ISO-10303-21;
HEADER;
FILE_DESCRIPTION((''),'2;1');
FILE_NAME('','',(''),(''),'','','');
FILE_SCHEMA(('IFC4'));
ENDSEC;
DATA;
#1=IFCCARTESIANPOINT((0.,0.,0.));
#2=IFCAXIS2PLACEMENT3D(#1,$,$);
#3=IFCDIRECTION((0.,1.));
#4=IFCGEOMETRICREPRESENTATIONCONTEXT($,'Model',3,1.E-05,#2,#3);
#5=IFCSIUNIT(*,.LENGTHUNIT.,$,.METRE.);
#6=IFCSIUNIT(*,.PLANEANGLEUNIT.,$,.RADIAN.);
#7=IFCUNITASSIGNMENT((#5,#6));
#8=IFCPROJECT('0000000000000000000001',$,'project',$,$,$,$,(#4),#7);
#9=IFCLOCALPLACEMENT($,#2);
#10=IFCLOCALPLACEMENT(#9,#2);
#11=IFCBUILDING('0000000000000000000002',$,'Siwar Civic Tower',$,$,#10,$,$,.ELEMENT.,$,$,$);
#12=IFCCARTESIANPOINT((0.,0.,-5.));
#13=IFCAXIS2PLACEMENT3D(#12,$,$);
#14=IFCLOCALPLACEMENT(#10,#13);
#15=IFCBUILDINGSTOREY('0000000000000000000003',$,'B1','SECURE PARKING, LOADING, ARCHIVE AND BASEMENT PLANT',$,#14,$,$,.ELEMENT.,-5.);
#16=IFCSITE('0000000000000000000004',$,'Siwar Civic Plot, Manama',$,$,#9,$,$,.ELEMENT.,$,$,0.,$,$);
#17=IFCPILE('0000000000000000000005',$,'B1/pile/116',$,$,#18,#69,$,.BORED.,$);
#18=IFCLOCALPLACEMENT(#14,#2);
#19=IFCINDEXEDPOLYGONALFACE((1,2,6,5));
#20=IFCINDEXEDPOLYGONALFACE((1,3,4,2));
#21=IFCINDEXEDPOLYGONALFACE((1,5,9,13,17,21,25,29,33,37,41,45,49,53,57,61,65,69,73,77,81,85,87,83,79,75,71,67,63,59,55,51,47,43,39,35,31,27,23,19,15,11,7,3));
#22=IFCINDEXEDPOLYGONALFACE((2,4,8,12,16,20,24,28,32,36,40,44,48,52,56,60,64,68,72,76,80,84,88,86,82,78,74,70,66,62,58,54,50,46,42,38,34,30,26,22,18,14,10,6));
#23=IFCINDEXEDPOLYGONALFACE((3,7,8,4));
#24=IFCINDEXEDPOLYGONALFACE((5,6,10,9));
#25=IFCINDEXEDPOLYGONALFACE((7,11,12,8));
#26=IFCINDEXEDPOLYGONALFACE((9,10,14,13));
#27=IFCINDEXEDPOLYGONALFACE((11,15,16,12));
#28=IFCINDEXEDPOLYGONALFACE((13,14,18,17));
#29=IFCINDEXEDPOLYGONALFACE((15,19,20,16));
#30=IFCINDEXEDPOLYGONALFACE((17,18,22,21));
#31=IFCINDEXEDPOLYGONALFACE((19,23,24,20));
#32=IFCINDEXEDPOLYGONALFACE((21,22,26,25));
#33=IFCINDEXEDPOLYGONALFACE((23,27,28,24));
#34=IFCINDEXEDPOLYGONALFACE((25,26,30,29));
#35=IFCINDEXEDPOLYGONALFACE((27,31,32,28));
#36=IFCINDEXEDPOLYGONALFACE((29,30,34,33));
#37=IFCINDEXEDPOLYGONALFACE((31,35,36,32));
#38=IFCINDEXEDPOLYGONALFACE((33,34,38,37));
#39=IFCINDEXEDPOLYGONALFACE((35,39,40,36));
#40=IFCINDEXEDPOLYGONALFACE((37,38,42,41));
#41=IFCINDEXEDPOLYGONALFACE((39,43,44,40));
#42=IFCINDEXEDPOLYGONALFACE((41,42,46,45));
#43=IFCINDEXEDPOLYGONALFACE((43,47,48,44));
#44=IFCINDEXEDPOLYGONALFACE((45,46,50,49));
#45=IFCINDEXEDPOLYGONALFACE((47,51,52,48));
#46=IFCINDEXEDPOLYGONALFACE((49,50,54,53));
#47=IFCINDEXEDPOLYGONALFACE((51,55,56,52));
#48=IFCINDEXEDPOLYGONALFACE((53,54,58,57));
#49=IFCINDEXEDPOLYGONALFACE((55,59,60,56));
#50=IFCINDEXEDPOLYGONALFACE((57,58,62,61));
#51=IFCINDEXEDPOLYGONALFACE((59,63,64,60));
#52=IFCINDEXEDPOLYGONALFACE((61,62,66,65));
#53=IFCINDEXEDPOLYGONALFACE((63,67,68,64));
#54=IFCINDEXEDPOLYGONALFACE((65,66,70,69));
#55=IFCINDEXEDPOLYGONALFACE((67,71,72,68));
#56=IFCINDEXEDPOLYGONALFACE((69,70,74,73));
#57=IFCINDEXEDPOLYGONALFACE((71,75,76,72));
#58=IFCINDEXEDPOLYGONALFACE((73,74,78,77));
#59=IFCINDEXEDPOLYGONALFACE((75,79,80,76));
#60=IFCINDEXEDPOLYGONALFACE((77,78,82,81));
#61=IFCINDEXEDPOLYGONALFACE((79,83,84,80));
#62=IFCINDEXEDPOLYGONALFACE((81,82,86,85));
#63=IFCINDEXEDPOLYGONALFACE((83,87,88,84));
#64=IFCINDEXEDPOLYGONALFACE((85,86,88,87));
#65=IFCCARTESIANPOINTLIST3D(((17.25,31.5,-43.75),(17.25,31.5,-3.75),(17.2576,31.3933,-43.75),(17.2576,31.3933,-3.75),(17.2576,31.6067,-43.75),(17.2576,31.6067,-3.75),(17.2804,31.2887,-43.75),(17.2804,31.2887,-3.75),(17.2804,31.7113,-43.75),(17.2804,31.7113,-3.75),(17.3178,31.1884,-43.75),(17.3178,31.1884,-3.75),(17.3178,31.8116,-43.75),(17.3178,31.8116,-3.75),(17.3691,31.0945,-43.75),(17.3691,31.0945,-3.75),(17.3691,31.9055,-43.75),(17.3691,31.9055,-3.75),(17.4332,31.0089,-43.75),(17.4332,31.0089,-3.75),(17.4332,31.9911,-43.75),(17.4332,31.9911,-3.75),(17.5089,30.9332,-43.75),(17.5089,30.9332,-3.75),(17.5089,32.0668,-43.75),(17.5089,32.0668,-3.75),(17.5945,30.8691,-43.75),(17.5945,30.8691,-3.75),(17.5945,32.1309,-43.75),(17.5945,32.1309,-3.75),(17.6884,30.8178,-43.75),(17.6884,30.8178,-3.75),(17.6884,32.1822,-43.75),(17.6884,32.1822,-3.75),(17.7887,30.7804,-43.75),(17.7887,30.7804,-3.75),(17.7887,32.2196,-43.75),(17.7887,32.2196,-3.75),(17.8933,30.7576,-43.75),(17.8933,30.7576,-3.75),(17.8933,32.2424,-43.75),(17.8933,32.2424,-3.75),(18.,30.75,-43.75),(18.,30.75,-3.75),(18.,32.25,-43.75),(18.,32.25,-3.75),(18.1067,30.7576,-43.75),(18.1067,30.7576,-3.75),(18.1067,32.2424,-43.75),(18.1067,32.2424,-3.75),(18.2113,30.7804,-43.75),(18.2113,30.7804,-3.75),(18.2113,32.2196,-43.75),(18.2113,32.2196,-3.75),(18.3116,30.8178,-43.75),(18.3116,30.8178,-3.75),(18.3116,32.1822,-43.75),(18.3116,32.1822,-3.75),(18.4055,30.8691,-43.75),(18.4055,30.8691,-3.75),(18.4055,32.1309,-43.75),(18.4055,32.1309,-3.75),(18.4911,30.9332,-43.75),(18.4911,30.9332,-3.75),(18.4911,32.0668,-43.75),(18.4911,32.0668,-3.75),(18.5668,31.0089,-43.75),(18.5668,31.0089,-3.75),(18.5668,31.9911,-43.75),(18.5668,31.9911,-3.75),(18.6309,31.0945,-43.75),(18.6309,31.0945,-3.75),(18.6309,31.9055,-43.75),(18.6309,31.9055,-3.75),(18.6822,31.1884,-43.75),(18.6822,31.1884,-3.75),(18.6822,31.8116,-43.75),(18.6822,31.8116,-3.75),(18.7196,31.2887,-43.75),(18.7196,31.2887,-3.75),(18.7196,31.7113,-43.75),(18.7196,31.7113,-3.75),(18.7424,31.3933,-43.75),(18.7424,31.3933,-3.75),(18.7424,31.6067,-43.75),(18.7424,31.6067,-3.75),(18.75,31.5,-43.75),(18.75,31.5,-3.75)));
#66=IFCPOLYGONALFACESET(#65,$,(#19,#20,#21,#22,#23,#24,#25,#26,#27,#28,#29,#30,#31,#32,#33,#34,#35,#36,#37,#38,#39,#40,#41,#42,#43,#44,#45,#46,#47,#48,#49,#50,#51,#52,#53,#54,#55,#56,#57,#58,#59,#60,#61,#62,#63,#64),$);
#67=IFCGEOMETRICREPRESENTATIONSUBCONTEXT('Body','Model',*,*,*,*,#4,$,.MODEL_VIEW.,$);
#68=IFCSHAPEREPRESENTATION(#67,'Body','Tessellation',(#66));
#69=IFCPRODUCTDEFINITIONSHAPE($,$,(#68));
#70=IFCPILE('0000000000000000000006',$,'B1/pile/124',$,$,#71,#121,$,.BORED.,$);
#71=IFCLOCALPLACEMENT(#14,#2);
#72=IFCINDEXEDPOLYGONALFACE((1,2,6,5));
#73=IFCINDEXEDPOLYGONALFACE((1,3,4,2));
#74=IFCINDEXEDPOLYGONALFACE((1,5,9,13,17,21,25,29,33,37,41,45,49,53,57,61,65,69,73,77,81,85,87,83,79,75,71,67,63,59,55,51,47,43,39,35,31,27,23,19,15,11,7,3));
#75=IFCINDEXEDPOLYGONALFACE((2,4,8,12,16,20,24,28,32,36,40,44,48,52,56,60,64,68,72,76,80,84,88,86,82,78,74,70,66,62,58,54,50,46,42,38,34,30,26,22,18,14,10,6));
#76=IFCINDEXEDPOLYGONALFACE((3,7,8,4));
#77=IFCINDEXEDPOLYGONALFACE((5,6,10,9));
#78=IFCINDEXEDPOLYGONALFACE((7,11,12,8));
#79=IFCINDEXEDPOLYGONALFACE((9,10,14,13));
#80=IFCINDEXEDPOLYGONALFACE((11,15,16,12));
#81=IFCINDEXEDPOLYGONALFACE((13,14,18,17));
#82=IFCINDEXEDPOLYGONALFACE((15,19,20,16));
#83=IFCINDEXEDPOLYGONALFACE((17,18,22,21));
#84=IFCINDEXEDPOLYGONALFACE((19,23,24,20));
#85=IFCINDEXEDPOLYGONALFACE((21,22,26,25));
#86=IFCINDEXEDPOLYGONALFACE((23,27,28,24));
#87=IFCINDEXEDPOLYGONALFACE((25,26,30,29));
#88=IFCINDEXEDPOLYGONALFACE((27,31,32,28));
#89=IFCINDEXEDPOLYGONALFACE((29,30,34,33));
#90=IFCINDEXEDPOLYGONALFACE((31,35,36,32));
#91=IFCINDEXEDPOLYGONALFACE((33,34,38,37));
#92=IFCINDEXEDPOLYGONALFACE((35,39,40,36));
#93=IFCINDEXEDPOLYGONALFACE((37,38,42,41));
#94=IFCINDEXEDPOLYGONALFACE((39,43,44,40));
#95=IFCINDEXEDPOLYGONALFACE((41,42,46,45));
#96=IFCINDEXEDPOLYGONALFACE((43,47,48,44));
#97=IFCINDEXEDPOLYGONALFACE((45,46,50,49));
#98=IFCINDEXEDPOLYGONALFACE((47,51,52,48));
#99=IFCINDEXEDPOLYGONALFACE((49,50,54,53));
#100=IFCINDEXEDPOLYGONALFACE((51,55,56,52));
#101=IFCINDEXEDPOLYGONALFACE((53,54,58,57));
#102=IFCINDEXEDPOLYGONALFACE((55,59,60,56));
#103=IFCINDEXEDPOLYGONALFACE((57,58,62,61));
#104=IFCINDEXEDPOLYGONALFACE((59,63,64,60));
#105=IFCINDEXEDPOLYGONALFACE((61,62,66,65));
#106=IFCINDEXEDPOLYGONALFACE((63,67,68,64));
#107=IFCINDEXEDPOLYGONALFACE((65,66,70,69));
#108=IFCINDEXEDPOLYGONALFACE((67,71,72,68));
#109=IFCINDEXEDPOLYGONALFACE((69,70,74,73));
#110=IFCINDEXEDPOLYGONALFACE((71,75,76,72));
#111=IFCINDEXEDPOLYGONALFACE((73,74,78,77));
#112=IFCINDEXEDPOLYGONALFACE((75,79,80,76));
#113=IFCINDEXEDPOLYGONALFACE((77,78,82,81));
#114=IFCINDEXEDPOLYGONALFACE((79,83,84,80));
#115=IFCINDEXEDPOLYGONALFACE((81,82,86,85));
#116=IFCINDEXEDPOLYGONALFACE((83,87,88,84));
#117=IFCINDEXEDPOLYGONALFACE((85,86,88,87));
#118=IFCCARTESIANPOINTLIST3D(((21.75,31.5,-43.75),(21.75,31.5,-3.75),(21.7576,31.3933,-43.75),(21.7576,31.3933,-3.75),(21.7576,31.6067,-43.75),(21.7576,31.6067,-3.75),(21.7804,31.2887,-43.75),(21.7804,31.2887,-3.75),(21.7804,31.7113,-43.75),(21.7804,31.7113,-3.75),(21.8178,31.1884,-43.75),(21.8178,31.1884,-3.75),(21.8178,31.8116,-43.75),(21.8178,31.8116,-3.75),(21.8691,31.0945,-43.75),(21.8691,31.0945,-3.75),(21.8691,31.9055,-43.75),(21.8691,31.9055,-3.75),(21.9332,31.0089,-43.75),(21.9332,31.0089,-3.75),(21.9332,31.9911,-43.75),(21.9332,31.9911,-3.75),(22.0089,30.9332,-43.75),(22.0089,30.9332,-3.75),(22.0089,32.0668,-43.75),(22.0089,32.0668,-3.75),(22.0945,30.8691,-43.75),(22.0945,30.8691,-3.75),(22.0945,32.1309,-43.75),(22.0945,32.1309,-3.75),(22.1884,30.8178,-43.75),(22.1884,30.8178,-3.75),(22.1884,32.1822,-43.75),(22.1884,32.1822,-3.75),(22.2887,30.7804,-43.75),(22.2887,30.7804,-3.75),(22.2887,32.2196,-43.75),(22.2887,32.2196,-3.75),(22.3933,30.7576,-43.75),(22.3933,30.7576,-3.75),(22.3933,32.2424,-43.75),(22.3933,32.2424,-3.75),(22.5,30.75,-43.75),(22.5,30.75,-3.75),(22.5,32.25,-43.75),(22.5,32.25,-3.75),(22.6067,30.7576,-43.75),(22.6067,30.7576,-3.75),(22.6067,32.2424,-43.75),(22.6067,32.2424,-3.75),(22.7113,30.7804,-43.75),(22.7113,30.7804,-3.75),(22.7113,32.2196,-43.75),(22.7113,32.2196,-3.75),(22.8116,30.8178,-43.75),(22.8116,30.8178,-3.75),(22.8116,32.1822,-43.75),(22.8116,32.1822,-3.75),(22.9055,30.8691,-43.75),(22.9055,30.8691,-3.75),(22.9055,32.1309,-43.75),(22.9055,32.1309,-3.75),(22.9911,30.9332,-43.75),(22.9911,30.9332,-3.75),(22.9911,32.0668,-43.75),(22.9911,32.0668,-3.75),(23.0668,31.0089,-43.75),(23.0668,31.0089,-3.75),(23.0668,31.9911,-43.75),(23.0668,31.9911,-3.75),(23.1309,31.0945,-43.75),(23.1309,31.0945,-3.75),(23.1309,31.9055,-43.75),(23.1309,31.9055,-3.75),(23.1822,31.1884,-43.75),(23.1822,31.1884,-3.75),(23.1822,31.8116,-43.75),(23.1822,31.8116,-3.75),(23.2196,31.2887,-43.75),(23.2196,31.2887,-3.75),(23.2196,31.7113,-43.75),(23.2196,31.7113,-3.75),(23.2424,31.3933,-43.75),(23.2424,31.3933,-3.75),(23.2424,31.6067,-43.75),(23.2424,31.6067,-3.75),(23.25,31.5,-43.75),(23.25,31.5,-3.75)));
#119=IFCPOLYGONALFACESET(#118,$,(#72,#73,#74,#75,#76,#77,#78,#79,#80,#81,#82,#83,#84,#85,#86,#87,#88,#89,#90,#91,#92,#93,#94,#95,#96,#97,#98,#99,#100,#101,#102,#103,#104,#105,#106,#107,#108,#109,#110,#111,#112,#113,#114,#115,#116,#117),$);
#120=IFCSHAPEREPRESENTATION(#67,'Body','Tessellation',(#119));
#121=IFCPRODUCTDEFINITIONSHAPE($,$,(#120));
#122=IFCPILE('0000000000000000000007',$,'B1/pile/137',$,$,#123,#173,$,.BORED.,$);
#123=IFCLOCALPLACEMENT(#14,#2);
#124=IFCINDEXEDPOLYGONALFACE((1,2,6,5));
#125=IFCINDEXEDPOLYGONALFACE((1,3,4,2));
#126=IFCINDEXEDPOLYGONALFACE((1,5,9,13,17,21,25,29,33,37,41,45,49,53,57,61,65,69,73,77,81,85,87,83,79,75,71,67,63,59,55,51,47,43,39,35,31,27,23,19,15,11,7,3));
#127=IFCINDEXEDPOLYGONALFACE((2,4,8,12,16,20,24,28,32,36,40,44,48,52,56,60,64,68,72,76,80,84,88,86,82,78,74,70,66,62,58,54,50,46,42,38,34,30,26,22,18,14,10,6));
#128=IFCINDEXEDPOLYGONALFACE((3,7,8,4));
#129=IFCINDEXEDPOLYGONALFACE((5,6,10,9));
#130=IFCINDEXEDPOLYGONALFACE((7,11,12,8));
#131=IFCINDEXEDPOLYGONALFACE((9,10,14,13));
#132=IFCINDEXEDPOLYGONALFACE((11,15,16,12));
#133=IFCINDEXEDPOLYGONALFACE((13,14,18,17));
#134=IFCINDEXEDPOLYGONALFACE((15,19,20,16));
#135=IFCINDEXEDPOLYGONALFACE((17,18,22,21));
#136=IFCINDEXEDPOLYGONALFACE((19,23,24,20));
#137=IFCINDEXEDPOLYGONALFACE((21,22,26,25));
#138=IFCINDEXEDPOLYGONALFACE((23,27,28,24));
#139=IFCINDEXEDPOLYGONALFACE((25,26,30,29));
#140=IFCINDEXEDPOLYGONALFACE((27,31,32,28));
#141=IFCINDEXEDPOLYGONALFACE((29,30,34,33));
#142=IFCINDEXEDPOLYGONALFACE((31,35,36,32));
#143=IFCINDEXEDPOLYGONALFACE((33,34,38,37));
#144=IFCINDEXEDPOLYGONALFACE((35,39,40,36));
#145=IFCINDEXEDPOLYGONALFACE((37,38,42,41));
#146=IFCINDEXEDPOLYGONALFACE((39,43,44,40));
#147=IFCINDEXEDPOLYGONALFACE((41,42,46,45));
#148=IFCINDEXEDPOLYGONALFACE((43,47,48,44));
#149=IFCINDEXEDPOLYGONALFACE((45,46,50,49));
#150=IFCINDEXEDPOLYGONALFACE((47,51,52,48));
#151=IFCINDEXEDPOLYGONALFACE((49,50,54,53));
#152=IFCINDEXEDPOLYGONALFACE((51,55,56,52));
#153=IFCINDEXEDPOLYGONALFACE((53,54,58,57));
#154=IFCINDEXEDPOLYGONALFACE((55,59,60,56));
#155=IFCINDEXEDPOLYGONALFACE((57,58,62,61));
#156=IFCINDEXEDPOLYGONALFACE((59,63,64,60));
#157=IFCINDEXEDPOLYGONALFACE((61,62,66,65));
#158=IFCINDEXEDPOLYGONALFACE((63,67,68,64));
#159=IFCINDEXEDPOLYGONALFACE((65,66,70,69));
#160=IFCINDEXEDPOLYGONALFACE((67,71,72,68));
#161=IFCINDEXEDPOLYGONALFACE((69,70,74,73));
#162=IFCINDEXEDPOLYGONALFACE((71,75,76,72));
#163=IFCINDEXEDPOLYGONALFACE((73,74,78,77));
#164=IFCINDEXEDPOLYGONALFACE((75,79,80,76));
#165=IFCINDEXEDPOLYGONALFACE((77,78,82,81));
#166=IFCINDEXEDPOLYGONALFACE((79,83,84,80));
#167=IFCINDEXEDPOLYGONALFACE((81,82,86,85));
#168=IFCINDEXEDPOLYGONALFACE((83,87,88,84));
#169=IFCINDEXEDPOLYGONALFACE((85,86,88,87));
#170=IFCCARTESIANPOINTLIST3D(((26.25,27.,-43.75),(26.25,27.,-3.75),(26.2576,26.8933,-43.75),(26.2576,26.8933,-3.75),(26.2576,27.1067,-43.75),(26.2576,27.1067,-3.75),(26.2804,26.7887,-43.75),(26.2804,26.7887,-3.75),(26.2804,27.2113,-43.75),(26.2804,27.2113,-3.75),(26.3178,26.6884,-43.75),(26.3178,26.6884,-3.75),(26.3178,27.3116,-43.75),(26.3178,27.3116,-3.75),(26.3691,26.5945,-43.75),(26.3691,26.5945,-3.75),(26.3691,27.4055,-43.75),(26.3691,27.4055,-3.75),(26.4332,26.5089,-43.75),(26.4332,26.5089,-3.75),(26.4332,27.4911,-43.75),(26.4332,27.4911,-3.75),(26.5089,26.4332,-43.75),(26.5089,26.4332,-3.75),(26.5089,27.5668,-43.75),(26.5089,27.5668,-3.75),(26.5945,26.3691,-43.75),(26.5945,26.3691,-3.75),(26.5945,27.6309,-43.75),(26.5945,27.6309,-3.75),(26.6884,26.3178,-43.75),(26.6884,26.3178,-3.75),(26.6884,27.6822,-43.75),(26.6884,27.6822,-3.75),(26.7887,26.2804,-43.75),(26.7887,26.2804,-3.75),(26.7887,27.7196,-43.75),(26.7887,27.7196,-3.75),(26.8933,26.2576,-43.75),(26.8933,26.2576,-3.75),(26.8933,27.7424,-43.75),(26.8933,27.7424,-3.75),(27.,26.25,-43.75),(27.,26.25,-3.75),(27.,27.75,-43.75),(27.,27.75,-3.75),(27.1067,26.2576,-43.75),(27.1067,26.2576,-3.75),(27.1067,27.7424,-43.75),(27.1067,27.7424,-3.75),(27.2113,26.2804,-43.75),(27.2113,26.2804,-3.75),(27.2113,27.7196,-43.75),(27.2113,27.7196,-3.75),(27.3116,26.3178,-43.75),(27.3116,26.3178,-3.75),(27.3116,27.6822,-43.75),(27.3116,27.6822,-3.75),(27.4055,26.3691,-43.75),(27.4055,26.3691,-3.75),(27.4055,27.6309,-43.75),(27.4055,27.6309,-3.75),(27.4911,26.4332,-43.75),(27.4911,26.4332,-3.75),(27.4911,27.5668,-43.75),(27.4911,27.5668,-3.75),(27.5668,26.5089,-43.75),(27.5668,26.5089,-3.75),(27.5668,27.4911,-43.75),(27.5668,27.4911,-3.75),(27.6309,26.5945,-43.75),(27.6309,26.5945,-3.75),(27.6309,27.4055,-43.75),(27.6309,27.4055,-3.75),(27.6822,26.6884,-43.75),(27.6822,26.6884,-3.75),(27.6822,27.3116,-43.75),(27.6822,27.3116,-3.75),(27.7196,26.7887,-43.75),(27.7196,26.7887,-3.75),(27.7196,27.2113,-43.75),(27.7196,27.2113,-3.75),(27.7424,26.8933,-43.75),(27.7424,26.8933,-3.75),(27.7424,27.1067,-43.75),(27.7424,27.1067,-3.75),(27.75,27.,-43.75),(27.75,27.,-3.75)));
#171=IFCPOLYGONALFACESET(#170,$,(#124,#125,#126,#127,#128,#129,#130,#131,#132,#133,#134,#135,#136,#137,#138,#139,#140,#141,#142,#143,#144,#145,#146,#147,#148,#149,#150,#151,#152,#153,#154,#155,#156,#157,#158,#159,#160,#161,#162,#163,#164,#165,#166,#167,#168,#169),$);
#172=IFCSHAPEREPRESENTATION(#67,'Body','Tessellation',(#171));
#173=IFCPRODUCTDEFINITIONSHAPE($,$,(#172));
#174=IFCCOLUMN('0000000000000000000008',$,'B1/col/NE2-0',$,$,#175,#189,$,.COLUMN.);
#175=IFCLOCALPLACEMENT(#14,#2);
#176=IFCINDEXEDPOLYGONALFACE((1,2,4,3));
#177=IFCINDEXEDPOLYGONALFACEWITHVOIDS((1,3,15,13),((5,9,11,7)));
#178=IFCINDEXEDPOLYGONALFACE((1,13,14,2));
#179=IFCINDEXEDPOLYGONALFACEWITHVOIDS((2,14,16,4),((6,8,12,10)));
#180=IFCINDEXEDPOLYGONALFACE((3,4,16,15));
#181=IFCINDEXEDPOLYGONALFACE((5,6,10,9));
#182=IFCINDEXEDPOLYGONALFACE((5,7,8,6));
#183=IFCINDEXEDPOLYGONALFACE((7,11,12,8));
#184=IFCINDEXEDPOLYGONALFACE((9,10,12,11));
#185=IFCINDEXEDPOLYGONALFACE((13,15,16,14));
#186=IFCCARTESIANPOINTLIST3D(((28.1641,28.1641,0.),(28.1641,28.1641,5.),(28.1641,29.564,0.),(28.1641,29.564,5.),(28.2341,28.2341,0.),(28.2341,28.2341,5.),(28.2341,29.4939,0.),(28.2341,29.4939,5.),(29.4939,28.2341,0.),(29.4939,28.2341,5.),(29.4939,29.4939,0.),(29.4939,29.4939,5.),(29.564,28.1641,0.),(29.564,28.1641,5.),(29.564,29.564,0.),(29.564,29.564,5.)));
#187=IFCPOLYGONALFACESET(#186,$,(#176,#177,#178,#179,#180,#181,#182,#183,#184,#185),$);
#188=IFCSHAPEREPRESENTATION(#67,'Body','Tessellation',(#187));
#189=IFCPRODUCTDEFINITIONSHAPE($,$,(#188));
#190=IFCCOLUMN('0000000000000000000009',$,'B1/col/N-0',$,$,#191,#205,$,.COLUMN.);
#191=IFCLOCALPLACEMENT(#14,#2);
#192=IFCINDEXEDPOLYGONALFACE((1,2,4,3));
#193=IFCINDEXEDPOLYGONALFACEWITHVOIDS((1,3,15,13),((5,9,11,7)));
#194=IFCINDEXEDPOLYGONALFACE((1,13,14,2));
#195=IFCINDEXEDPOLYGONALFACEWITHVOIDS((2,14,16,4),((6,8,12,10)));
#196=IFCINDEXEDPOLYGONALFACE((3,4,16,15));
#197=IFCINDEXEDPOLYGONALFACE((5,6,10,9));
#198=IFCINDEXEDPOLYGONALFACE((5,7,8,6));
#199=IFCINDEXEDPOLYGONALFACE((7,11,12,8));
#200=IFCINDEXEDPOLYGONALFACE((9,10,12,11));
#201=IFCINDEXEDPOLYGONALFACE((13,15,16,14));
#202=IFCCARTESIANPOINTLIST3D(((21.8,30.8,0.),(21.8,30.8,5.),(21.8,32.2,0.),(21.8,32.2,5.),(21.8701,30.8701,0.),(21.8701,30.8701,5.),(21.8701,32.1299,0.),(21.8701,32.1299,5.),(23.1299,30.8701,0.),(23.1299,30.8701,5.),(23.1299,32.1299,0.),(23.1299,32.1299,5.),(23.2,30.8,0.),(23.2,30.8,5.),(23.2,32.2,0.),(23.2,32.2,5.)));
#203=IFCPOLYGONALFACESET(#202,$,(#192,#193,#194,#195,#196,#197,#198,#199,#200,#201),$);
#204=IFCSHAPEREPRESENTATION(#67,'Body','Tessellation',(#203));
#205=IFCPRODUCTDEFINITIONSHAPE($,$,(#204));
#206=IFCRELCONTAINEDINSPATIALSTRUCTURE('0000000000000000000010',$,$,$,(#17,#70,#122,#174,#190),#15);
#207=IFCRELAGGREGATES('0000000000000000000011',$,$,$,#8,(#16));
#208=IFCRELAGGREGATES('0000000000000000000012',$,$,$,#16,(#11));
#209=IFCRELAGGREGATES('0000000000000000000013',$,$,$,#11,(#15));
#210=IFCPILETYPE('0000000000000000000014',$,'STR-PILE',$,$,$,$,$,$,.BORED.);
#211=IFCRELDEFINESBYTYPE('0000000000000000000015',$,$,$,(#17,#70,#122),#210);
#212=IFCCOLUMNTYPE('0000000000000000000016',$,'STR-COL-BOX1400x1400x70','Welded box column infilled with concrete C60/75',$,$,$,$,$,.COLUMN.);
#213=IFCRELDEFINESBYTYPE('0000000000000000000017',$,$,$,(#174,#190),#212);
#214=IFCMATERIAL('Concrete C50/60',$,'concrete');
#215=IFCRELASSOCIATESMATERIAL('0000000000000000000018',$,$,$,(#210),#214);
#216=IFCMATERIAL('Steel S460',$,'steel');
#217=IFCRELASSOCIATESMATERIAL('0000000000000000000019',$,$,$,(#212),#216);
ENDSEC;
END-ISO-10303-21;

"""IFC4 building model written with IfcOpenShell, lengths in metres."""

from ifc_helpers import new_model, si_unit, direction, frame, origin, origin_2d, place, context, subcontext, project, spatial, hollow_rectangle, circle, extrude, material, material_profile, profile_set, type_object, element, save


model = new_model("IFC4")

# Units and contexts
model_context = context("Model", 3, precision=1e-05, world=origin(), true_north=direction((0.0, 1.0)))
body_context = subcontext(model_context, "Body", "Model", "MODEL_VIEW")
ifc_project = project(units=[si_unit("LENGTHUNIT", "METRE"), si_unit("PLANEANGLEUNIT", "RADIAN")], contexts=[model_context])

# Site, building, storey
site_placement = place(None, origin())
site = spatial("IfcSite", under=ifc_project, at=site_placement, Name="Siwar Civic Plot, Manama", CompositionType="ELEMENT", RefElevation=0.0)
building_placement = place(site_placement, origin())
building = spatial("IfcBuilding", under=site, at=building_placement, Name="Siwar Civic Tower", CompositionType="ELEMENT")
storey_placement = place(building_placement, frame((0.0, 0.0, -5.0)))
storey = spatial("IfcBuildingStorey", under=building, at=storey_placement, Name="B1", Description="SECURE PARKING, LOADING, ARCHIVE AND BASEMENT PLANT", CompositionType="ELEMENT", Elevation=-5.0)

# Piles
ifc_material_1 = material(Name="Concrete C50/60", Category="concrete")
ifc_material_profile_1 = material_profile(ifc_material_1, circle(Radius=0.75, at=origin_2d()), Name="PILE1500")
ifc_profile_set_1 = profile_set([ifc_material_profile_1], Name="Concrete C50/60")
pile_type = type_object("IfcPileType", Name="STR-PILE", PredefinedType="BORED", material=ifc_profile_set_1)
for number, where, z_axis, x_axis, name in (
    (1, (18.0, 31.5, -3.75), (0.0, 0.0, -1.0), (1.0, 0.0, 0.0), "B1/pile/116"),
    (2, (22.5, 31.5, -3.75), (0.0, 0.0, -1.0), (1.0, 0.0, 0.0), "B1/pile/124"),
    (3, (27.0, 27.0, -3.75), (0.0, 0.0, -1.0), (1.0, 0.0, 0.0), "B1/pile/137"),
):
    element("IfcPile", number, at=place(storey_placement, frame(where, z_axis=z_axis, x_axis=x_axis)), inside=storey, type_object=pile_type, Name=name, PredefinedType="BORED", context=body_context, shape_type="SweptSolid", body=[
        extrude(circle(Radius=0.75, at=origin_2d()), origin(), (0.0, 0.0, 1.0), 40.0),
    ])

# Columns
ifc_material_2 = material(Name="Steel S460", Category="steel")
ifc_material_profile_2 = material_profile(ifc_material_2, hollow_rectangle(XDim=1.3999, YDim=1.3999, WallThickness=0.0701, at=origin_2d()), Name="BOX1400x1400x70")
ifc_profile_set_2 = profile_set([ifc_material_profile_2], Name="Steel S460")
column_type = type_object("IfcColumnType", Name="STR-COL-BOX1400x1400x70", Description="Welded box column infilled with concrete C60/75", PredefinedType="COLUMN", material=ifc_profile_set_2)
for number, where, z_axis, x_axis, name in (
    (4, (28.864, 28.864, 0.0), (0.0, 0.0, 1.0), (1.0, 0.0, 0.0), "B1/col/NE2-0"),
    (5, (22.5, 31.5, 0.0), (0.0, 0.0, 1.0), (1.0, 0.0, 0.0), "B1/col/N-0"),
):
    element("IfcColumn", number, at=place(storey_placement, frame(where, z_axis=z_axis, x_axis=x_axis)), inside=storey, type_object=column_type, Name=name, PredefinedType="COLUMN", context=body_context, shape_type="SweptSolid", body=[
        extrude(hollow_rectangle(XDim=1.3999, YDim=1.3999, WallThickness=0.0701, at=origin_2d()), origin(), (0.0, 0.0, 1.0), 5.0),
    ])

save(model, "model.ifc")
